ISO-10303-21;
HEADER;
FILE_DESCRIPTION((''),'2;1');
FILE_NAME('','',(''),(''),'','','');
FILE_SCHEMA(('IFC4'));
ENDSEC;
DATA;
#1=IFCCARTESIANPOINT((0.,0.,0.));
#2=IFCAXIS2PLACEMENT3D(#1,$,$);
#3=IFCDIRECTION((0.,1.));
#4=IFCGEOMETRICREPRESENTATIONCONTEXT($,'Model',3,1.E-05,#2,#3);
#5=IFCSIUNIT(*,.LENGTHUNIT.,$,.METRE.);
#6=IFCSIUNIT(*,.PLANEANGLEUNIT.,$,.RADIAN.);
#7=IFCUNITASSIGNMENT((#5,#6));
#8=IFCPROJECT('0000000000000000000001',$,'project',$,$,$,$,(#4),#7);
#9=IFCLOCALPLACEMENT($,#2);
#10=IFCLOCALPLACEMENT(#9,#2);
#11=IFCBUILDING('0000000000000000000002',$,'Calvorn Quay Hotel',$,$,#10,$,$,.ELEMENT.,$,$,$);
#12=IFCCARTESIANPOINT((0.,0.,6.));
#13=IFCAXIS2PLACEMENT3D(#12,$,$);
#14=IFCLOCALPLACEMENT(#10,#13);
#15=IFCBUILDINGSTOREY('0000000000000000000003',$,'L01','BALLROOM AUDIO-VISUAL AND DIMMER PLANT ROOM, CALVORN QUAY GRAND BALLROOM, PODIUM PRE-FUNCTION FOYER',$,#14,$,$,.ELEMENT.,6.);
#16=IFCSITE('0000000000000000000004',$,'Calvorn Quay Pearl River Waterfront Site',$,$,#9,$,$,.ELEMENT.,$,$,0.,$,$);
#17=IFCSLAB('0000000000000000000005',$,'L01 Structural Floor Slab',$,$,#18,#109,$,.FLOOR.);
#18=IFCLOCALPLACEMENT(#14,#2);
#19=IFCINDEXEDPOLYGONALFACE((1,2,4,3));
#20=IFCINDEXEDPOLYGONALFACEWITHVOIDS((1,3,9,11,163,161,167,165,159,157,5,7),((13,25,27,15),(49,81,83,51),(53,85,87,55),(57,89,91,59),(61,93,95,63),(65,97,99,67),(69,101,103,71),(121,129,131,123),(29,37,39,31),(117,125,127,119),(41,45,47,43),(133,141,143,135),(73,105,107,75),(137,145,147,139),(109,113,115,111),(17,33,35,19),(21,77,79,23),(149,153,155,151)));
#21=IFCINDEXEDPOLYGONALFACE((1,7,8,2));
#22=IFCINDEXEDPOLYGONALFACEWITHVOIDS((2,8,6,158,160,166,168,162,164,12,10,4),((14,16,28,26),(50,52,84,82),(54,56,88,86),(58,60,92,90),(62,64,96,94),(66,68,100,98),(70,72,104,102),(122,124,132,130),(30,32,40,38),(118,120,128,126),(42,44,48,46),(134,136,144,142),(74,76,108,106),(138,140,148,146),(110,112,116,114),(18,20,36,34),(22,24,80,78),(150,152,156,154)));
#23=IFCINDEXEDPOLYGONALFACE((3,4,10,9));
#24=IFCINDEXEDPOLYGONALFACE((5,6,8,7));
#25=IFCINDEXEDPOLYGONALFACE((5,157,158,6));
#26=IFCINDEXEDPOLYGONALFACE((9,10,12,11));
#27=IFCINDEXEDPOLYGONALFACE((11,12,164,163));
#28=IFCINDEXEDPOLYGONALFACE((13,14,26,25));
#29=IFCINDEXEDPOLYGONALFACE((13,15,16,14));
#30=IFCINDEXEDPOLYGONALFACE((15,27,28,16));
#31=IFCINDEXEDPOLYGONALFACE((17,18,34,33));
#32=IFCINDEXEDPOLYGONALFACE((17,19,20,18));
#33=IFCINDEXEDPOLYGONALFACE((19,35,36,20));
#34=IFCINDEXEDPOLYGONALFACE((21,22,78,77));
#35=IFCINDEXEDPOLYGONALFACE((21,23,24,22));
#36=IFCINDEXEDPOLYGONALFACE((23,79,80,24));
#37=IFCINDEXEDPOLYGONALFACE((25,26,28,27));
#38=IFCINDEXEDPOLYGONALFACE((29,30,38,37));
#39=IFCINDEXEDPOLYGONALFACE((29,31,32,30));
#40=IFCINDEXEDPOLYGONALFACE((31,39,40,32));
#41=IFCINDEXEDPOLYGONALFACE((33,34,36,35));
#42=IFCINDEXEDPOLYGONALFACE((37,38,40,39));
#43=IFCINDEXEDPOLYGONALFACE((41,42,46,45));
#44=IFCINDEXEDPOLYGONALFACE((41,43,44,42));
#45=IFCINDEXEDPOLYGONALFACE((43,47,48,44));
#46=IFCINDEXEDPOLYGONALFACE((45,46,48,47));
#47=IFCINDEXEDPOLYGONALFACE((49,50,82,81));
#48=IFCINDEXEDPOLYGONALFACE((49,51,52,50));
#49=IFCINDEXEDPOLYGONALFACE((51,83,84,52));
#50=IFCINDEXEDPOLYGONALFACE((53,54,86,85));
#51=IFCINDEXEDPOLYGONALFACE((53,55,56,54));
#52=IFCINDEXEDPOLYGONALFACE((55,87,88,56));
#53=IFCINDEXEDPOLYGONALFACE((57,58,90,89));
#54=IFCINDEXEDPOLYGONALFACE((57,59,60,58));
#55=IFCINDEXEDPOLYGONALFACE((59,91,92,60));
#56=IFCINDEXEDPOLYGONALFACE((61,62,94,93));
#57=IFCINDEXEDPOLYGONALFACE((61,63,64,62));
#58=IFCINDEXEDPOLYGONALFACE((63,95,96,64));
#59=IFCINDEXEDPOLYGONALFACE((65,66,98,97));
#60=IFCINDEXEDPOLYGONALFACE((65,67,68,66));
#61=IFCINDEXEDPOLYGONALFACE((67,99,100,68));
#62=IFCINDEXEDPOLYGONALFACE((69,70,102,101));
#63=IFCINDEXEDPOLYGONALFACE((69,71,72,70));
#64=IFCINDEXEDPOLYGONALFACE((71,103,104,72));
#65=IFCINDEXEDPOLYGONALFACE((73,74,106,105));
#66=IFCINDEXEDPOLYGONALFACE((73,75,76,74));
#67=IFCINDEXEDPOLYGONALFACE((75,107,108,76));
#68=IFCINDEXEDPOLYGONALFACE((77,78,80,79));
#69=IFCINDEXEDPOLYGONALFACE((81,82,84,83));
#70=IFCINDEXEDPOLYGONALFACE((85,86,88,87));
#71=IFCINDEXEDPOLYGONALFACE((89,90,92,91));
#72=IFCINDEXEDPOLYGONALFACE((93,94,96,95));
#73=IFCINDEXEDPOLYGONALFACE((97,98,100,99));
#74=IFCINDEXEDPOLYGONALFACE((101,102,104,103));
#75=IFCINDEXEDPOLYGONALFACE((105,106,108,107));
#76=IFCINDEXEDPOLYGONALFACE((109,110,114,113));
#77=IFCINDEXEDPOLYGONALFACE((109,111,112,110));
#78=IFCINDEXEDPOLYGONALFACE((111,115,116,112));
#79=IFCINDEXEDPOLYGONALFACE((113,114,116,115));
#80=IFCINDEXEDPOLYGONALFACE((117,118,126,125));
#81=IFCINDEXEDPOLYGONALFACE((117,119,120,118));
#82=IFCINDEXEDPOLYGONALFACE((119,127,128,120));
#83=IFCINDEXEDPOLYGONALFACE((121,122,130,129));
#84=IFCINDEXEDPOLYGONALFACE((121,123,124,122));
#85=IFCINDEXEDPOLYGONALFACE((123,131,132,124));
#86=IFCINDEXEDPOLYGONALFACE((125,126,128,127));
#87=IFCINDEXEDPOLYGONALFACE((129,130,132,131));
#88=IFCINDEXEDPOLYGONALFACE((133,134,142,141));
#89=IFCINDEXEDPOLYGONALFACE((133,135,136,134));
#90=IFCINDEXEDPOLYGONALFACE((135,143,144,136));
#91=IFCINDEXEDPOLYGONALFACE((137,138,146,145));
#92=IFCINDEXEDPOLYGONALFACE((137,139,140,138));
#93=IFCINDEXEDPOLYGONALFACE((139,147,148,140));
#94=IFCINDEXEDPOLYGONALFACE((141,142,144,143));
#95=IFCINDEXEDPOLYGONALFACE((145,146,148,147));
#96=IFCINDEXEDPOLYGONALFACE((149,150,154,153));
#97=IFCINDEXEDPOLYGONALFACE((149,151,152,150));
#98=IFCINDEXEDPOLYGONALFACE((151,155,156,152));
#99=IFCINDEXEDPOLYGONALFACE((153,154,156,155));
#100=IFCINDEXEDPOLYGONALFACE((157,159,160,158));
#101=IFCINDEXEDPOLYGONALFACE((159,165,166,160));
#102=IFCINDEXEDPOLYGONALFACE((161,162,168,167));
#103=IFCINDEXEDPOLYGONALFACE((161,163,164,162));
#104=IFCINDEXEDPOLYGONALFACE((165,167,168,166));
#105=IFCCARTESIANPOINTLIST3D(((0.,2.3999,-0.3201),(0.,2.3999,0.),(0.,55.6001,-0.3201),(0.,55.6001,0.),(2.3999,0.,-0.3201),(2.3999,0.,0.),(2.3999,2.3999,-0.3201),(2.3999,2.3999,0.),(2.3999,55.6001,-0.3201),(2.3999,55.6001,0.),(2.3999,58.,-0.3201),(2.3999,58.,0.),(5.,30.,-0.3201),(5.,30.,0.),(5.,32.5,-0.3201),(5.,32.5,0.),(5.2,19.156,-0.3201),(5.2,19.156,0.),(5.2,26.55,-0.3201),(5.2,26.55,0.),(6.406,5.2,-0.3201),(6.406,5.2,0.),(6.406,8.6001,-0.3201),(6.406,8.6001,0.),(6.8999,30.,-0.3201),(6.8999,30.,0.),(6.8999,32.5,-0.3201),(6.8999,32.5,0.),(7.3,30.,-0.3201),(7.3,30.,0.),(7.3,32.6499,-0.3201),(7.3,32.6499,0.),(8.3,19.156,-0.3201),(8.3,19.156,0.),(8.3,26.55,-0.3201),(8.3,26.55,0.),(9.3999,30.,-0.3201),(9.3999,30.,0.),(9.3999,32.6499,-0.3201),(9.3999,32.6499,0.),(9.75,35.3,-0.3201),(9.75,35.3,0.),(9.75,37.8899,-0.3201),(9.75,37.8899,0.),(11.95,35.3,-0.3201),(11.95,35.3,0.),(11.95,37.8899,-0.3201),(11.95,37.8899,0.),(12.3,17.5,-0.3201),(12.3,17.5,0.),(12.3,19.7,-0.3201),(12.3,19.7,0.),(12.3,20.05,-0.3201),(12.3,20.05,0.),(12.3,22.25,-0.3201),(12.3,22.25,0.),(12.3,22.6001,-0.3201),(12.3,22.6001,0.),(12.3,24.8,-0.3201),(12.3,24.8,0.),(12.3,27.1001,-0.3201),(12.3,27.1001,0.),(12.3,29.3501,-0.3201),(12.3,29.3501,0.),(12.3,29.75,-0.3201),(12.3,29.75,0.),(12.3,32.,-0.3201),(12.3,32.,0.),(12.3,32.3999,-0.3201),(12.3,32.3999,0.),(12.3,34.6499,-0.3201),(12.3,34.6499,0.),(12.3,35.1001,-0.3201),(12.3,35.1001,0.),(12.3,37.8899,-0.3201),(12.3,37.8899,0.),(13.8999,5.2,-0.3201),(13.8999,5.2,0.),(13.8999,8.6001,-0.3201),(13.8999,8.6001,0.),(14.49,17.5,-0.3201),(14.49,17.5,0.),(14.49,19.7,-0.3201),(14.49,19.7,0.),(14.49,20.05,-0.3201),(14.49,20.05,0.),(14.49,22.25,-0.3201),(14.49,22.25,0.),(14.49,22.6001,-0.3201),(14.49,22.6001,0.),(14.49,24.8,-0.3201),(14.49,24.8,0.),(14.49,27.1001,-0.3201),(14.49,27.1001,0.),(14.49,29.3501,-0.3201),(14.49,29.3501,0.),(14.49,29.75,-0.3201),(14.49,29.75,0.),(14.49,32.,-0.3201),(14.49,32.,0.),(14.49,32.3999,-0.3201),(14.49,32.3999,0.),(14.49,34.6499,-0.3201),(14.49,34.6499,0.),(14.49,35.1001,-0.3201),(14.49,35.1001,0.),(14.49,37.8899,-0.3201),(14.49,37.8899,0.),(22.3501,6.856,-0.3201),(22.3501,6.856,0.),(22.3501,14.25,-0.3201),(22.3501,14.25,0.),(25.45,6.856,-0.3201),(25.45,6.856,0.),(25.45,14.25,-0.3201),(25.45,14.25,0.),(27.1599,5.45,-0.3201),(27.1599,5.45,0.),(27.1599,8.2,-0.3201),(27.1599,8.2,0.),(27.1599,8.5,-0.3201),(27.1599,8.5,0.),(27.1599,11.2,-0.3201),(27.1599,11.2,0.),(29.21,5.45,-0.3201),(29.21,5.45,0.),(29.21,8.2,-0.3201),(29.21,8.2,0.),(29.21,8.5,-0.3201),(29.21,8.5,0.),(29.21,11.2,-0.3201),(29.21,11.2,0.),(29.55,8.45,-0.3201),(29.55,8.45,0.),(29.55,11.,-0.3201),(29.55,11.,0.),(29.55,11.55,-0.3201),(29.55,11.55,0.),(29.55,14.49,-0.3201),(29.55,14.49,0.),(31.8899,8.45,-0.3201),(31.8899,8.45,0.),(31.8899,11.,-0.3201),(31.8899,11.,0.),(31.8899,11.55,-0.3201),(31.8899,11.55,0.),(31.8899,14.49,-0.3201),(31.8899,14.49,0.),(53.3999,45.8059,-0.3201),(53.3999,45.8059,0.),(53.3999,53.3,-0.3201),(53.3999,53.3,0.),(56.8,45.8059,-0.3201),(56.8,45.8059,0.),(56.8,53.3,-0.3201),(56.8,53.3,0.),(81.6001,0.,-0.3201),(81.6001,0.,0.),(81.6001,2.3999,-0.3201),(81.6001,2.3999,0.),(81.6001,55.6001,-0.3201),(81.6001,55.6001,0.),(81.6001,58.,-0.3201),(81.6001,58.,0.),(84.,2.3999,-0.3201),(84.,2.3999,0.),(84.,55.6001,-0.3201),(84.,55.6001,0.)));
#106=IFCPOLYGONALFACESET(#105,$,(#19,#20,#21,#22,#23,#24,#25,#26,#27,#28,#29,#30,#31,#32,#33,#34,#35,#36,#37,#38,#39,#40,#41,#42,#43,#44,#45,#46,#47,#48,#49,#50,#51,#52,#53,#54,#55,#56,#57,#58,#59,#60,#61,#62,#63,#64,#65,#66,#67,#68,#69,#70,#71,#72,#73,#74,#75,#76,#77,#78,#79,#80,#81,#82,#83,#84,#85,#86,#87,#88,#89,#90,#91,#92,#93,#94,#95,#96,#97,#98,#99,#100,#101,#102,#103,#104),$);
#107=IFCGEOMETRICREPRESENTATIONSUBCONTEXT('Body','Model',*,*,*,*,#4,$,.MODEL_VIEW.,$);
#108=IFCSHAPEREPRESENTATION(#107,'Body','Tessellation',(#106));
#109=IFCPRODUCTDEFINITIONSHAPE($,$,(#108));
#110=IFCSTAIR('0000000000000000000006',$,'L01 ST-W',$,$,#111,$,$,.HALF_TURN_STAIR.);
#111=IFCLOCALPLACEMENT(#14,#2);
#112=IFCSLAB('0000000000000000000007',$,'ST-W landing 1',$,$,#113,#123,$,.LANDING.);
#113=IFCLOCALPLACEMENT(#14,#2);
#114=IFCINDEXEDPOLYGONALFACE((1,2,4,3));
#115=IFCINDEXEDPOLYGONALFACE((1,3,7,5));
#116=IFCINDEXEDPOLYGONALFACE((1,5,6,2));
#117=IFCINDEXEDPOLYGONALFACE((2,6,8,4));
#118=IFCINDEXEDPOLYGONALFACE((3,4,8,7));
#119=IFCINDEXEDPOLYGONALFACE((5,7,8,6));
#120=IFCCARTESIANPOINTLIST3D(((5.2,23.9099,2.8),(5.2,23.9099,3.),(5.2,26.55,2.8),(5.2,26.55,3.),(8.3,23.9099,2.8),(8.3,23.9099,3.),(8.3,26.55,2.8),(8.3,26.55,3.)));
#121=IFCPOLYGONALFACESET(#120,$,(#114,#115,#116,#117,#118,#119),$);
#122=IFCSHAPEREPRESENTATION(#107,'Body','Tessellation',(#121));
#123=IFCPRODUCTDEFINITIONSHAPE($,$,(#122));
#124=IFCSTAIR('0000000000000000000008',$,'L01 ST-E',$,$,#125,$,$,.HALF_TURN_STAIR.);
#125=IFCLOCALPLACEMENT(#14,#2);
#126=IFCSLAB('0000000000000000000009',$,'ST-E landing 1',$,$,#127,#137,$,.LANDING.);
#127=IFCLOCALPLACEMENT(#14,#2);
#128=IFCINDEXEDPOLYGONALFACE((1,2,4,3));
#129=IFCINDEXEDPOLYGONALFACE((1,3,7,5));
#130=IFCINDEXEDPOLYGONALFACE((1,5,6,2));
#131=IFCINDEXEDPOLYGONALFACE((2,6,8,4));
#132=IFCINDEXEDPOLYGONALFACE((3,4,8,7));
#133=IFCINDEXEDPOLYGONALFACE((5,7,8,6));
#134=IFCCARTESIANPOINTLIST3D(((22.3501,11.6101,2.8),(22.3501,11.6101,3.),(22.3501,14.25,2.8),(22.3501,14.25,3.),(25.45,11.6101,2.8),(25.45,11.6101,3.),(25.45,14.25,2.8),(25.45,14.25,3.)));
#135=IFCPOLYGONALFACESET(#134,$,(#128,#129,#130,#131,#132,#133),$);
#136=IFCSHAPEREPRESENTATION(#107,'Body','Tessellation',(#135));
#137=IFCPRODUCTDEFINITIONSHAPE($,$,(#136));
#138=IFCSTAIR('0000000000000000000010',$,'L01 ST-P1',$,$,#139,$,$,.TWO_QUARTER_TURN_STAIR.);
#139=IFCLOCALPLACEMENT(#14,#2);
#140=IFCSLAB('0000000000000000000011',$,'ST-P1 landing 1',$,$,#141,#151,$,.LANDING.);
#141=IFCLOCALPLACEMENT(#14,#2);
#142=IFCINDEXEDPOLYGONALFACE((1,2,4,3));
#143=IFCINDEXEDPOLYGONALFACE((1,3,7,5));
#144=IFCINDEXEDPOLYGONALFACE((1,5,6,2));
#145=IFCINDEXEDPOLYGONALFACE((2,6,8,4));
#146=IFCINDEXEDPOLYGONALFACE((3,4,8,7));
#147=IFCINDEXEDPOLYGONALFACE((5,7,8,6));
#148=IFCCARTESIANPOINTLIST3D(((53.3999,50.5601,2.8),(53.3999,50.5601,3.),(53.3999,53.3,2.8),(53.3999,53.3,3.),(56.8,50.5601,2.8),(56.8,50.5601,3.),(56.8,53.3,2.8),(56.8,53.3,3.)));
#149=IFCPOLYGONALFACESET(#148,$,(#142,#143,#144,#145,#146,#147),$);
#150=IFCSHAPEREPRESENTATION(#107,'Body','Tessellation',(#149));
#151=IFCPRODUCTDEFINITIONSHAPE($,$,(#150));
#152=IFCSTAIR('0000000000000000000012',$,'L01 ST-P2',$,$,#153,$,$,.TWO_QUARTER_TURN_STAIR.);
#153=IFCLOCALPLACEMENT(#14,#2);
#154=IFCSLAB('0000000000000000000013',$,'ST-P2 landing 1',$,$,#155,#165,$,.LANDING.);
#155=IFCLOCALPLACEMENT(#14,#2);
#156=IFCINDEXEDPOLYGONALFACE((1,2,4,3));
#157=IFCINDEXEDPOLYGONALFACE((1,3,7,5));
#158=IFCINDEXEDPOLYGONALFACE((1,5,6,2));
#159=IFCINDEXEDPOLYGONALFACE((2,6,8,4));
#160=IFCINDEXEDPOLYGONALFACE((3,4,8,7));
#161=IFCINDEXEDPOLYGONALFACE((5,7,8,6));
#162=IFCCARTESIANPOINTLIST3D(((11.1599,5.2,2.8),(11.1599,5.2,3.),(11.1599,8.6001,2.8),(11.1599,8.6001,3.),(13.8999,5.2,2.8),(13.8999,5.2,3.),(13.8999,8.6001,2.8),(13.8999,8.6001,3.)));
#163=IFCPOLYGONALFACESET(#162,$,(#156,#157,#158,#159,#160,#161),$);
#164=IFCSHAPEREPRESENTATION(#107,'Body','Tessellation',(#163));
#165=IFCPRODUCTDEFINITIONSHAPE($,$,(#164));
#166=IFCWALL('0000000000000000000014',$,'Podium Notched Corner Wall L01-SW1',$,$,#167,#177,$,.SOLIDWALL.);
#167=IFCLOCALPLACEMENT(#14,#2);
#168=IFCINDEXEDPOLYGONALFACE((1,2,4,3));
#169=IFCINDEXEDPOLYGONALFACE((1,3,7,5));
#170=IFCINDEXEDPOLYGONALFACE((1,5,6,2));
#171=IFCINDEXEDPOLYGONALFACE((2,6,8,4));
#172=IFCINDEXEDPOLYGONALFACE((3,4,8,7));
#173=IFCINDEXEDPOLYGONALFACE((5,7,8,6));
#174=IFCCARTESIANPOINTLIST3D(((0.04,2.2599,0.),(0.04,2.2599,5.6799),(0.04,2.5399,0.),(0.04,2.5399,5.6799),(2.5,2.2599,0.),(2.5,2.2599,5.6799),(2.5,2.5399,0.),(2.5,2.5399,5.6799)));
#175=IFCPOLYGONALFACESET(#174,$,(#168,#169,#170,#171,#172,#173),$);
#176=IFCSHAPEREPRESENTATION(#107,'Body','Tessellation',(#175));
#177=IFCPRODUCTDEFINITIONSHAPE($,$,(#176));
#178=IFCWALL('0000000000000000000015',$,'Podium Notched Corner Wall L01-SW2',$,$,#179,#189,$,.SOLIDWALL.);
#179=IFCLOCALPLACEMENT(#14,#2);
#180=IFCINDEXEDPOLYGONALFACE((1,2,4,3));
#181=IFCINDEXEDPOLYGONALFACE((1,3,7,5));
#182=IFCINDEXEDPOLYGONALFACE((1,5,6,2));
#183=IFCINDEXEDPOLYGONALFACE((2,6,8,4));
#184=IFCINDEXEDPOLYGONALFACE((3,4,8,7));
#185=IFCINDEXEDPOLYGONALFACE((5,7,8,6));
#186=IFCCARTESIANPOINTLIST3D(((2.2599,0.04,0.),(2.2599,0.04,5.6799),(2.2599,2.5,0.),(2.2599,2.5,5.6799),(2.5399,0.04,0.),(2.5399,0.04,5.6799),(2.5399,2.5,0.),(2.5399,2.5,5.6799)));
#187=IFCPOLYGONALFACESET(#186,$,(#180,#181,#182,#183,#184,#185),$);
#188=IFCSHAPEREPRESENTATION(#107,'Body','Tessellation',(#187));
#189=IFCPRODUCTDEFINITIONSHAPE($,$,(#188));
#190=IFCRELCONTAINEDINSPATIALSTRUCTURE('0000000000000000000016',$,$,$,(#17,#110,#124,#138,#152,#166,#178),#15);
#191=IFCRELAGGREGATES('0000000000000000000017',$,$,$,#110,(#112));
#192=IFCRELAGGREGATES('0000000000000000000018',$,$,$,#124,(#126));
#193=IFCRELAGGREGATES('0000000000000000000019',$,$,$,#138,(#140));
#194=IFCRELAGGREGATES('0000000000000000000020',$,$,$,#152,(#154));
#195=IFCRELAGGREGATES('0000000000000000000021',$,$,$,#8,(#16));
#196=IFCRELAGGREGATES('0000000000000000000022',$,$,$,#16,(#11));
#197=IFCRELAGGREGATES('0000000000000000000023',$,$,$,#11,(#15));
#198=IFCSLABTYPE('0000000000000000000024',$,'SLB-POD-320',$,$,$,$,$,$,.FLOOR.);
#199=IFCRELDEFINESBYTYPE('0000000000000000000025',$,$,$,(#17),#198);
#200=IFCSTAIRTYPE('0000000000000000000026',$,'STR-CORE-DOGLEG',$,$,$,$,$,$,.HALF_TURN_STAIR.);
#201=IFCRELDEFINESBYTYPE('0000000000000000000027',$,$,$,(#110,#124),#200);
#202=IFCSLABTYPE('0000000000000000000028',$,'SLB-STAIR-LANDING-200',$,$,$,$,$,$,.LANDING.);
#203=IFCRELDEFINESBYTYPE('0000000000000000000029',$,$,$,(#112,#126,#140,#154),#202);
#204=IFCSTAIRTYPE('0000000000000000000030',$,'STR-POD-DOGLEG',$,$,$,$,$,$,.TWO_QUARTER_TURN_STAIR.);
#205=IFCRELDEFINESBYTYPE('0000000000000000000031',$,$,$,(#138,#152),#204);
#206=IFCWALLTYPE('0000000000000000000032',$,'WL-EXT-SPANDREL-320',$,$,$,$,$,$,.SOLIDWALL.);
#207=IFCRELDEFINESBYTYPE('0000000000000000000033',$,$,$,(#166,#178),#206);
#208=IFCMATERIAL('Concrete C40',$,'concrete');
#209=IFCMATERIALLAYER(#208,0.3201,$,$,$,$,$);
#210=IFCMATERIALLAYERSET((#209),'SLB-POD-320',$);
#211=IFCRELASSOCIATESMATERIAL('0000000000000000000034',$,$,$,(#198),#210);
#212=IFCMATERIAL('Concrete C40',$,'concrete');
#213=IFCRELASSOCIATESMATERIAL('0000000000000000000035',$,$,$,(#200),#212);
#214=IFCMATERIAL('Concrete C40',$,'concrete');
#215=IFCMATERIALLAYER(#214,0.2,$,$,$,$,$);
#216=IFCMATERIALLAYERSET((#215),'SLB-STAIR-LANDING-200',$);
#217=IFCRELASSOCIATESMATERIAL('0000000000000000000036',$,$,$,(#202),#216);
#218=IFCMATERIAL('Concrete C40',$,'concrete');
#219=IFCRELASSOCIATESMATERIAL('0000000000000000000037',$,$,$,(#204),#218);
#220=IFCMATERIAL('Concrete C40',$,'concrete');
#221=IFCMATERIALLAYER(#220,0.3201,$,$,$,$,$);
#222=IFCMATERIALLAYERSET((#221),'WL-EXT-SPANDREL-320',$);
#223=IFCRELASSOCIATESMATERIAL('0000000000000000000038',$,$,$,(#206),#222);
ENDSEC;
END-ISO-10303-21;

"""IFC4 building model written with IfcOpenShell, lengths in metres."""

from ifc_helpers import new_model, si_unit, direction, frame, frame_2d, origin, place, context, subcontext, project, spatial, polyline, rectangle, outline, extrude, material, layer, layer_set, type_object, element, aggregate, save


model = new_model("IFC4")

# Units and contexts
model_context = context("Model", 3, precision=1e-05, world=origin(), true_north=direction((0.0, 1.0)))
body_context = subcontext(model_context, "Body", "Model", "MODEL_VIEW")
ifc_project = project(units=[si_unit("LENGTHUNIT", "METRE"), si_unit("PLANEANGLEUNIT", "RADIAN")], contexts=[model_context])

# Site, building, storey
site_placement = place(None, origin())
site = spatial("IfcSite", under=ifc_project, at=site_placement, Name="Calvorn Quay Pearl River Waterfront Site", CompositionType="ELEMENT", RefElevation=0.0)
building_placement = place(site_placement, origin())
building = spatial("IfcBuilding", under=site, at=building_placement, Name="Calvorn Quay Hotel", CompositionType="ELEMENT")
storey_placement = place(building_placement, frame((0.0, 0.0, 6.0)))
storey = spatial("IfcBuildingStorey", under=building, at=storey_placement, Name="L01", Description="BALLROOM AUDIO-VISUAL AND DIMMER PLANT ROOM, CALVORN QUAY GRAND BALLROOM, PODIUM PRE-FUNCTION FOYER", CompositionType="ELEMENT", Elevation=6.0)

# Slab
ifc_material_1 = material(Name="Concrete C40", Category="concrete")
ifc_layer_1 = layer(ifc_material_1, 0.3201)
ifc_layer_set_1 = layer_set([ifc_layer_1], Name="SLB-POD-320")
slab_type_1 = type_object("IfcSlabType", Name="SLB-POD-320", PredefinedType="FLOOR", material=ifc_layer_set_1)
slab_1_placement = place(storey_placement, frame((0.0, 0.0, -0.3201)))
element("IfcSlab", 1, at=slab_1_placement, inside=storey, type_object=slab_type_1, Name="L01 Structural Floor Slab", PredefinedType="FLOOR", context=body_context, shape_type="SweptSolid", body=[
    extrude(outline(polyline([(0.0, 2.3999), (2.3999, 2.3999), (2.3999, 0.0), (81.6001, 0.0), (81.6001, 2.3999), (84.0, 2.3999), (84.0, 55.6001), (81.6001, 55.6001), (81.6001, 58.0), (2.3999, 58.0), (2.3999, 55.6001), (0.0, 55.6001), (0.0, 2.3999)]), holes=[polyline([(5.2, 19.156), (8.3, 19.156), (8.3, 26.55), (5.2, 26.55), (5.2, 19.156)]), polyline([(22.3501, 6.856), (25.45, 6.856), (25.45, 14.25), (22.3501, 14.25), (22.3501, 6.856)]), polyline([(53.3999, 45.8059), (56.8, 45.8059), (56.8, 53.3), (53.3999, 53.3), (53.3999, 45.8059)]), polyline([(6.406, 5.2), (13.8999, 5.2), (13.8999, 8.6001), (6.406, 8.6001), (6.406, 5.2)]), polyline([(5.0, 30.0), (6.8999, 30.0), (6.8999, 32.5), (5.0, 32.5), (5.0, 30.0)]), polyline([(7.3, 30.0), (9.3999, 30.0), (9.3999, 32.6499), (7.3, 32.6499), (7.3, 30.0)]), polyline([(27.1599, 8.5), (29.21, 8.5), (29.21, 11.2), (27.1599, 11.2), (27.1599, 8.5)]), polyline([(27.1599, 5.45), (29.21, 5.45), (29.21, 8.2), (27.1599, 8.2), (27.1599, 5.45)]), polyline([(12.3, 17.5), (14.49, 17.5), (14.49, 19.7), (12.3, 19.7), (12.3, 17.5)]), polyline([(12.3, 20.05), (14.49, 20.05), (14.49, 22.25), (12.3, 22.25), (12.3, 20.05)]), polyline([(12.3, 22.6001), (14.49, 22.6001), (14.49, 24.8), (12.3, 24.8), (12.3, 22.6001)]), polyline([(12.3, 27.1001), (14.49, 27.1001), (14.49, 29.3501), (12.3, 29.3501), (12.3, 27.1001)]), polyline([(12.3, 29.75), (14.49, 29.75), (14.49, 32.0), (12.3, 32.0), (12.3, 29.75)]), polyline([(12.3, 32.3999), (14.49, 32.3999), (14.49, 34.6499), (12.3, 34.6499), (12.3, 32.3999)]), polyline([(12.3, 35.1001), (14.49, 35.1001), (14.49, 37.8899), (12.3, 37.8899), (12.3, 35.1001)]), polyline([(9.75, 35.3), (11.95, 35.3), (11.95, 37.8899), (9.75, 37.8899), (9.75, 35.3)]), polyline([(29.55, 11.55), (31.8899, 11.55), (31.8899, 14.49), (29.55, 14.49), (29.55, 11.55)]), polyline([(29.55, 8.45), (31.8899, 8.45), (31.8899, 11.0), (29.55, 11.0), (29.55, 8.45)])]), origin(), (0.0, 0.0, 1.0), 0.3201),
])

# Stairs, slabs
ifc_material_2 = material(Name="Concrete C40", Category="concrete")
stair_type_1 = type_object("IfcStairType", Name="STR-CORE-DOGLEG", PredefinedType="HALF_TURN_STAIR", material=ifc_material_2)
stair_1_placement = place(storey_placement, origin())
stair_1 = element("IfcStair", 2, at=stair_1_placement, inside=storey, type_object=stair_type_1, Name="L01 ST-W", PredefinedType="HALF_TURN_STAIR")
ifc_material_3 = material(Name="Concrete C40", Category="concrete")
ifc_layer_2 = layer(ifc_material_3, 0.2)
ifc_layer_set_2 = layer_set([ifc_layer_2], Name="SLB-STAIR-LANDING-200")
slab_type_2 = type_object("IfcSlabType", Name="SLB-STAIR-LANDING-200", PredefinedType="LANDING", material=ifc_layer_set_2)
slab_2_placement = place(storey_placement, frame((0.0, 0.0, 2.8)))
slab_2 = element("IfcSlab", 3, at=slab_2_placement, type_object=slab_type_2, Name="ST-W landing 1", PredefinedType="LANDING", context=body_context, shape_type="SweptSolid", body=[
    extrude(outline(polyline([(8.3, 23.9099), (8.3, 26.55), (5.2, 26.55), (5.2, 23.9099), (8.3, 23.9099)])), origin(), (0.0, 0.0, 1.0), 0.2),
])
aggregate(stair_1, [slab_2])
stair_2_placement = place(storey_placement, origin())
stair_2 = element("IfcStair", 4, at=stair_2_placement, inside=storey, type_object=stair_type_1, Name="L01 ST-E", PredefinedType="HALF_TURN_STAIR")
slab_3_placement = place(storey_placement, frame((0.0, 0.0, 2.8)))
slab_3 = element("IfcSlab", 5, at=slab_3_placement, type_object=slab_type_2, Name="ST-E landing 1", PredefinedType="LANDING", context=body_context, shape_type="SweptSolid", body=[
    extrude(outline(polyline([(25.45, 11.6101), (25.45, 14.25), (22.3501, 14.25), (22.3501, 11.6101), (25.45, 11.6101)])), origin(), (0.0, 0.0, 1.0), 0.2),
])
aggregate(stair_2, [slab_3])
ifc_material_4 = material(Name="Concrete C40", Category="concrete")
stair_type_2 = type_object("IfcStairType", Name="STR-POD-DOGLEG", PredefinedType="TWO_QUARTER_TURN_STAIR", material=ifc_material_4)
stair_3_placement = place(storey_placement, origin())
stair_3 = element("IfcStair", 6, at=stair_3_placement, inside=storey, type_object=stair_type_2, Name="L01 ST-P1", PredefinedType="TWO_QUARTER_TURN_STAIR")
slab_4_placement = place(storey_placement, frame((0.0, 0.0, 2.8)))
slab_4 = element("IfcSlab", 7, at=slab_4_placement, type_object=slab_type_2, Name="ST-P1 landing 1", PredefinedType="LANDING", context=body_context, shape_type="SweptSolid", body=[
    extrude(outline(polyline([(56.8, 50.5601), (56.8, 53.3), (53.3999, 53.3), (53.3999, 50.5601), (56.8, 50.5601)])), origin(), (0.0, 0.0, 1.0), 0.2),
])
aggregate(stair_3, [slab_4])
stair_4_placement = place(storey_placement, origin())
stair_4 = element("IfcStair", 8, at=stair_4_placement, inside=storey, type_object=stair_type_2, Name="L01 ST-P2", PredefinedType="TWO_QUARTER_TURN_STAIR")
slab_5_placement = place(storey_placement, frame((0.0, 0.0, 2.8)))
slab_5 = element("IfcSlab", 9, at=slab_5_placement, type_object=slab_type_2, Name="ST-P2 landing 1", PredefinedType="LANDING", context=body_context, shape_type="SweptSolid", body=[
    extrude(outline(polyline([(11.1599, 5.2), (13.8999, 5.2), (13.8999, 8.6001), (11.1599, 8.6001), (11.1599, 5.2)])), origin(), (0.0, 0.0, 1.0), 0.2),
])
aggregate(stair_4, [slab_5])

# Walls
ifc_material_5 = material(Name="Concrete C40", Category="concrete")
ifc_layer_3 = layer(ifc_material_5, 0.3201)
ifc_layer_set_3 = layer_set([ifc_layer_3], Name="WL-EXT-SPANDREL-320")
wall_type_1 = type_object("IfcWallType", Name="WL-EXT-SPANDREL-320", PredefinedType="SOLIDWALL", material=ifc_layer_set_3)
for number, where, z_axis, x_axis, name in (
    (10, (0.04, 2.3999, 0.0), (0.0, 0.0, 1.0), (1.0, 0.0, 0.0), "Podium Notched Corner Wall L01-SW1"),
    (11, (2.3999, 2.5, 0.0), (0.0, 0.0, 1.0), (0.0, -1.0, 0.0), "Podium Notched Corner Wall L01-SW2"),
):
    element("IfcWall", number, at=place(storey_placement, frame(where, z_axis=z_axis, x_axis=x_axis)), inside=storey, type_object=wall_type_1, Name=name, PredefinedType="SOLIDWALL", context=body_context, shape_type="SweptSolid", body=[
        extrude(rectangle(XDim=2.46, YDim=0.28, at=frame_2d((1.23, 0.0))), origin(), (0.0, 0.0, 1.0), 5.6799),
    ])

save(model, "model.ifc")
